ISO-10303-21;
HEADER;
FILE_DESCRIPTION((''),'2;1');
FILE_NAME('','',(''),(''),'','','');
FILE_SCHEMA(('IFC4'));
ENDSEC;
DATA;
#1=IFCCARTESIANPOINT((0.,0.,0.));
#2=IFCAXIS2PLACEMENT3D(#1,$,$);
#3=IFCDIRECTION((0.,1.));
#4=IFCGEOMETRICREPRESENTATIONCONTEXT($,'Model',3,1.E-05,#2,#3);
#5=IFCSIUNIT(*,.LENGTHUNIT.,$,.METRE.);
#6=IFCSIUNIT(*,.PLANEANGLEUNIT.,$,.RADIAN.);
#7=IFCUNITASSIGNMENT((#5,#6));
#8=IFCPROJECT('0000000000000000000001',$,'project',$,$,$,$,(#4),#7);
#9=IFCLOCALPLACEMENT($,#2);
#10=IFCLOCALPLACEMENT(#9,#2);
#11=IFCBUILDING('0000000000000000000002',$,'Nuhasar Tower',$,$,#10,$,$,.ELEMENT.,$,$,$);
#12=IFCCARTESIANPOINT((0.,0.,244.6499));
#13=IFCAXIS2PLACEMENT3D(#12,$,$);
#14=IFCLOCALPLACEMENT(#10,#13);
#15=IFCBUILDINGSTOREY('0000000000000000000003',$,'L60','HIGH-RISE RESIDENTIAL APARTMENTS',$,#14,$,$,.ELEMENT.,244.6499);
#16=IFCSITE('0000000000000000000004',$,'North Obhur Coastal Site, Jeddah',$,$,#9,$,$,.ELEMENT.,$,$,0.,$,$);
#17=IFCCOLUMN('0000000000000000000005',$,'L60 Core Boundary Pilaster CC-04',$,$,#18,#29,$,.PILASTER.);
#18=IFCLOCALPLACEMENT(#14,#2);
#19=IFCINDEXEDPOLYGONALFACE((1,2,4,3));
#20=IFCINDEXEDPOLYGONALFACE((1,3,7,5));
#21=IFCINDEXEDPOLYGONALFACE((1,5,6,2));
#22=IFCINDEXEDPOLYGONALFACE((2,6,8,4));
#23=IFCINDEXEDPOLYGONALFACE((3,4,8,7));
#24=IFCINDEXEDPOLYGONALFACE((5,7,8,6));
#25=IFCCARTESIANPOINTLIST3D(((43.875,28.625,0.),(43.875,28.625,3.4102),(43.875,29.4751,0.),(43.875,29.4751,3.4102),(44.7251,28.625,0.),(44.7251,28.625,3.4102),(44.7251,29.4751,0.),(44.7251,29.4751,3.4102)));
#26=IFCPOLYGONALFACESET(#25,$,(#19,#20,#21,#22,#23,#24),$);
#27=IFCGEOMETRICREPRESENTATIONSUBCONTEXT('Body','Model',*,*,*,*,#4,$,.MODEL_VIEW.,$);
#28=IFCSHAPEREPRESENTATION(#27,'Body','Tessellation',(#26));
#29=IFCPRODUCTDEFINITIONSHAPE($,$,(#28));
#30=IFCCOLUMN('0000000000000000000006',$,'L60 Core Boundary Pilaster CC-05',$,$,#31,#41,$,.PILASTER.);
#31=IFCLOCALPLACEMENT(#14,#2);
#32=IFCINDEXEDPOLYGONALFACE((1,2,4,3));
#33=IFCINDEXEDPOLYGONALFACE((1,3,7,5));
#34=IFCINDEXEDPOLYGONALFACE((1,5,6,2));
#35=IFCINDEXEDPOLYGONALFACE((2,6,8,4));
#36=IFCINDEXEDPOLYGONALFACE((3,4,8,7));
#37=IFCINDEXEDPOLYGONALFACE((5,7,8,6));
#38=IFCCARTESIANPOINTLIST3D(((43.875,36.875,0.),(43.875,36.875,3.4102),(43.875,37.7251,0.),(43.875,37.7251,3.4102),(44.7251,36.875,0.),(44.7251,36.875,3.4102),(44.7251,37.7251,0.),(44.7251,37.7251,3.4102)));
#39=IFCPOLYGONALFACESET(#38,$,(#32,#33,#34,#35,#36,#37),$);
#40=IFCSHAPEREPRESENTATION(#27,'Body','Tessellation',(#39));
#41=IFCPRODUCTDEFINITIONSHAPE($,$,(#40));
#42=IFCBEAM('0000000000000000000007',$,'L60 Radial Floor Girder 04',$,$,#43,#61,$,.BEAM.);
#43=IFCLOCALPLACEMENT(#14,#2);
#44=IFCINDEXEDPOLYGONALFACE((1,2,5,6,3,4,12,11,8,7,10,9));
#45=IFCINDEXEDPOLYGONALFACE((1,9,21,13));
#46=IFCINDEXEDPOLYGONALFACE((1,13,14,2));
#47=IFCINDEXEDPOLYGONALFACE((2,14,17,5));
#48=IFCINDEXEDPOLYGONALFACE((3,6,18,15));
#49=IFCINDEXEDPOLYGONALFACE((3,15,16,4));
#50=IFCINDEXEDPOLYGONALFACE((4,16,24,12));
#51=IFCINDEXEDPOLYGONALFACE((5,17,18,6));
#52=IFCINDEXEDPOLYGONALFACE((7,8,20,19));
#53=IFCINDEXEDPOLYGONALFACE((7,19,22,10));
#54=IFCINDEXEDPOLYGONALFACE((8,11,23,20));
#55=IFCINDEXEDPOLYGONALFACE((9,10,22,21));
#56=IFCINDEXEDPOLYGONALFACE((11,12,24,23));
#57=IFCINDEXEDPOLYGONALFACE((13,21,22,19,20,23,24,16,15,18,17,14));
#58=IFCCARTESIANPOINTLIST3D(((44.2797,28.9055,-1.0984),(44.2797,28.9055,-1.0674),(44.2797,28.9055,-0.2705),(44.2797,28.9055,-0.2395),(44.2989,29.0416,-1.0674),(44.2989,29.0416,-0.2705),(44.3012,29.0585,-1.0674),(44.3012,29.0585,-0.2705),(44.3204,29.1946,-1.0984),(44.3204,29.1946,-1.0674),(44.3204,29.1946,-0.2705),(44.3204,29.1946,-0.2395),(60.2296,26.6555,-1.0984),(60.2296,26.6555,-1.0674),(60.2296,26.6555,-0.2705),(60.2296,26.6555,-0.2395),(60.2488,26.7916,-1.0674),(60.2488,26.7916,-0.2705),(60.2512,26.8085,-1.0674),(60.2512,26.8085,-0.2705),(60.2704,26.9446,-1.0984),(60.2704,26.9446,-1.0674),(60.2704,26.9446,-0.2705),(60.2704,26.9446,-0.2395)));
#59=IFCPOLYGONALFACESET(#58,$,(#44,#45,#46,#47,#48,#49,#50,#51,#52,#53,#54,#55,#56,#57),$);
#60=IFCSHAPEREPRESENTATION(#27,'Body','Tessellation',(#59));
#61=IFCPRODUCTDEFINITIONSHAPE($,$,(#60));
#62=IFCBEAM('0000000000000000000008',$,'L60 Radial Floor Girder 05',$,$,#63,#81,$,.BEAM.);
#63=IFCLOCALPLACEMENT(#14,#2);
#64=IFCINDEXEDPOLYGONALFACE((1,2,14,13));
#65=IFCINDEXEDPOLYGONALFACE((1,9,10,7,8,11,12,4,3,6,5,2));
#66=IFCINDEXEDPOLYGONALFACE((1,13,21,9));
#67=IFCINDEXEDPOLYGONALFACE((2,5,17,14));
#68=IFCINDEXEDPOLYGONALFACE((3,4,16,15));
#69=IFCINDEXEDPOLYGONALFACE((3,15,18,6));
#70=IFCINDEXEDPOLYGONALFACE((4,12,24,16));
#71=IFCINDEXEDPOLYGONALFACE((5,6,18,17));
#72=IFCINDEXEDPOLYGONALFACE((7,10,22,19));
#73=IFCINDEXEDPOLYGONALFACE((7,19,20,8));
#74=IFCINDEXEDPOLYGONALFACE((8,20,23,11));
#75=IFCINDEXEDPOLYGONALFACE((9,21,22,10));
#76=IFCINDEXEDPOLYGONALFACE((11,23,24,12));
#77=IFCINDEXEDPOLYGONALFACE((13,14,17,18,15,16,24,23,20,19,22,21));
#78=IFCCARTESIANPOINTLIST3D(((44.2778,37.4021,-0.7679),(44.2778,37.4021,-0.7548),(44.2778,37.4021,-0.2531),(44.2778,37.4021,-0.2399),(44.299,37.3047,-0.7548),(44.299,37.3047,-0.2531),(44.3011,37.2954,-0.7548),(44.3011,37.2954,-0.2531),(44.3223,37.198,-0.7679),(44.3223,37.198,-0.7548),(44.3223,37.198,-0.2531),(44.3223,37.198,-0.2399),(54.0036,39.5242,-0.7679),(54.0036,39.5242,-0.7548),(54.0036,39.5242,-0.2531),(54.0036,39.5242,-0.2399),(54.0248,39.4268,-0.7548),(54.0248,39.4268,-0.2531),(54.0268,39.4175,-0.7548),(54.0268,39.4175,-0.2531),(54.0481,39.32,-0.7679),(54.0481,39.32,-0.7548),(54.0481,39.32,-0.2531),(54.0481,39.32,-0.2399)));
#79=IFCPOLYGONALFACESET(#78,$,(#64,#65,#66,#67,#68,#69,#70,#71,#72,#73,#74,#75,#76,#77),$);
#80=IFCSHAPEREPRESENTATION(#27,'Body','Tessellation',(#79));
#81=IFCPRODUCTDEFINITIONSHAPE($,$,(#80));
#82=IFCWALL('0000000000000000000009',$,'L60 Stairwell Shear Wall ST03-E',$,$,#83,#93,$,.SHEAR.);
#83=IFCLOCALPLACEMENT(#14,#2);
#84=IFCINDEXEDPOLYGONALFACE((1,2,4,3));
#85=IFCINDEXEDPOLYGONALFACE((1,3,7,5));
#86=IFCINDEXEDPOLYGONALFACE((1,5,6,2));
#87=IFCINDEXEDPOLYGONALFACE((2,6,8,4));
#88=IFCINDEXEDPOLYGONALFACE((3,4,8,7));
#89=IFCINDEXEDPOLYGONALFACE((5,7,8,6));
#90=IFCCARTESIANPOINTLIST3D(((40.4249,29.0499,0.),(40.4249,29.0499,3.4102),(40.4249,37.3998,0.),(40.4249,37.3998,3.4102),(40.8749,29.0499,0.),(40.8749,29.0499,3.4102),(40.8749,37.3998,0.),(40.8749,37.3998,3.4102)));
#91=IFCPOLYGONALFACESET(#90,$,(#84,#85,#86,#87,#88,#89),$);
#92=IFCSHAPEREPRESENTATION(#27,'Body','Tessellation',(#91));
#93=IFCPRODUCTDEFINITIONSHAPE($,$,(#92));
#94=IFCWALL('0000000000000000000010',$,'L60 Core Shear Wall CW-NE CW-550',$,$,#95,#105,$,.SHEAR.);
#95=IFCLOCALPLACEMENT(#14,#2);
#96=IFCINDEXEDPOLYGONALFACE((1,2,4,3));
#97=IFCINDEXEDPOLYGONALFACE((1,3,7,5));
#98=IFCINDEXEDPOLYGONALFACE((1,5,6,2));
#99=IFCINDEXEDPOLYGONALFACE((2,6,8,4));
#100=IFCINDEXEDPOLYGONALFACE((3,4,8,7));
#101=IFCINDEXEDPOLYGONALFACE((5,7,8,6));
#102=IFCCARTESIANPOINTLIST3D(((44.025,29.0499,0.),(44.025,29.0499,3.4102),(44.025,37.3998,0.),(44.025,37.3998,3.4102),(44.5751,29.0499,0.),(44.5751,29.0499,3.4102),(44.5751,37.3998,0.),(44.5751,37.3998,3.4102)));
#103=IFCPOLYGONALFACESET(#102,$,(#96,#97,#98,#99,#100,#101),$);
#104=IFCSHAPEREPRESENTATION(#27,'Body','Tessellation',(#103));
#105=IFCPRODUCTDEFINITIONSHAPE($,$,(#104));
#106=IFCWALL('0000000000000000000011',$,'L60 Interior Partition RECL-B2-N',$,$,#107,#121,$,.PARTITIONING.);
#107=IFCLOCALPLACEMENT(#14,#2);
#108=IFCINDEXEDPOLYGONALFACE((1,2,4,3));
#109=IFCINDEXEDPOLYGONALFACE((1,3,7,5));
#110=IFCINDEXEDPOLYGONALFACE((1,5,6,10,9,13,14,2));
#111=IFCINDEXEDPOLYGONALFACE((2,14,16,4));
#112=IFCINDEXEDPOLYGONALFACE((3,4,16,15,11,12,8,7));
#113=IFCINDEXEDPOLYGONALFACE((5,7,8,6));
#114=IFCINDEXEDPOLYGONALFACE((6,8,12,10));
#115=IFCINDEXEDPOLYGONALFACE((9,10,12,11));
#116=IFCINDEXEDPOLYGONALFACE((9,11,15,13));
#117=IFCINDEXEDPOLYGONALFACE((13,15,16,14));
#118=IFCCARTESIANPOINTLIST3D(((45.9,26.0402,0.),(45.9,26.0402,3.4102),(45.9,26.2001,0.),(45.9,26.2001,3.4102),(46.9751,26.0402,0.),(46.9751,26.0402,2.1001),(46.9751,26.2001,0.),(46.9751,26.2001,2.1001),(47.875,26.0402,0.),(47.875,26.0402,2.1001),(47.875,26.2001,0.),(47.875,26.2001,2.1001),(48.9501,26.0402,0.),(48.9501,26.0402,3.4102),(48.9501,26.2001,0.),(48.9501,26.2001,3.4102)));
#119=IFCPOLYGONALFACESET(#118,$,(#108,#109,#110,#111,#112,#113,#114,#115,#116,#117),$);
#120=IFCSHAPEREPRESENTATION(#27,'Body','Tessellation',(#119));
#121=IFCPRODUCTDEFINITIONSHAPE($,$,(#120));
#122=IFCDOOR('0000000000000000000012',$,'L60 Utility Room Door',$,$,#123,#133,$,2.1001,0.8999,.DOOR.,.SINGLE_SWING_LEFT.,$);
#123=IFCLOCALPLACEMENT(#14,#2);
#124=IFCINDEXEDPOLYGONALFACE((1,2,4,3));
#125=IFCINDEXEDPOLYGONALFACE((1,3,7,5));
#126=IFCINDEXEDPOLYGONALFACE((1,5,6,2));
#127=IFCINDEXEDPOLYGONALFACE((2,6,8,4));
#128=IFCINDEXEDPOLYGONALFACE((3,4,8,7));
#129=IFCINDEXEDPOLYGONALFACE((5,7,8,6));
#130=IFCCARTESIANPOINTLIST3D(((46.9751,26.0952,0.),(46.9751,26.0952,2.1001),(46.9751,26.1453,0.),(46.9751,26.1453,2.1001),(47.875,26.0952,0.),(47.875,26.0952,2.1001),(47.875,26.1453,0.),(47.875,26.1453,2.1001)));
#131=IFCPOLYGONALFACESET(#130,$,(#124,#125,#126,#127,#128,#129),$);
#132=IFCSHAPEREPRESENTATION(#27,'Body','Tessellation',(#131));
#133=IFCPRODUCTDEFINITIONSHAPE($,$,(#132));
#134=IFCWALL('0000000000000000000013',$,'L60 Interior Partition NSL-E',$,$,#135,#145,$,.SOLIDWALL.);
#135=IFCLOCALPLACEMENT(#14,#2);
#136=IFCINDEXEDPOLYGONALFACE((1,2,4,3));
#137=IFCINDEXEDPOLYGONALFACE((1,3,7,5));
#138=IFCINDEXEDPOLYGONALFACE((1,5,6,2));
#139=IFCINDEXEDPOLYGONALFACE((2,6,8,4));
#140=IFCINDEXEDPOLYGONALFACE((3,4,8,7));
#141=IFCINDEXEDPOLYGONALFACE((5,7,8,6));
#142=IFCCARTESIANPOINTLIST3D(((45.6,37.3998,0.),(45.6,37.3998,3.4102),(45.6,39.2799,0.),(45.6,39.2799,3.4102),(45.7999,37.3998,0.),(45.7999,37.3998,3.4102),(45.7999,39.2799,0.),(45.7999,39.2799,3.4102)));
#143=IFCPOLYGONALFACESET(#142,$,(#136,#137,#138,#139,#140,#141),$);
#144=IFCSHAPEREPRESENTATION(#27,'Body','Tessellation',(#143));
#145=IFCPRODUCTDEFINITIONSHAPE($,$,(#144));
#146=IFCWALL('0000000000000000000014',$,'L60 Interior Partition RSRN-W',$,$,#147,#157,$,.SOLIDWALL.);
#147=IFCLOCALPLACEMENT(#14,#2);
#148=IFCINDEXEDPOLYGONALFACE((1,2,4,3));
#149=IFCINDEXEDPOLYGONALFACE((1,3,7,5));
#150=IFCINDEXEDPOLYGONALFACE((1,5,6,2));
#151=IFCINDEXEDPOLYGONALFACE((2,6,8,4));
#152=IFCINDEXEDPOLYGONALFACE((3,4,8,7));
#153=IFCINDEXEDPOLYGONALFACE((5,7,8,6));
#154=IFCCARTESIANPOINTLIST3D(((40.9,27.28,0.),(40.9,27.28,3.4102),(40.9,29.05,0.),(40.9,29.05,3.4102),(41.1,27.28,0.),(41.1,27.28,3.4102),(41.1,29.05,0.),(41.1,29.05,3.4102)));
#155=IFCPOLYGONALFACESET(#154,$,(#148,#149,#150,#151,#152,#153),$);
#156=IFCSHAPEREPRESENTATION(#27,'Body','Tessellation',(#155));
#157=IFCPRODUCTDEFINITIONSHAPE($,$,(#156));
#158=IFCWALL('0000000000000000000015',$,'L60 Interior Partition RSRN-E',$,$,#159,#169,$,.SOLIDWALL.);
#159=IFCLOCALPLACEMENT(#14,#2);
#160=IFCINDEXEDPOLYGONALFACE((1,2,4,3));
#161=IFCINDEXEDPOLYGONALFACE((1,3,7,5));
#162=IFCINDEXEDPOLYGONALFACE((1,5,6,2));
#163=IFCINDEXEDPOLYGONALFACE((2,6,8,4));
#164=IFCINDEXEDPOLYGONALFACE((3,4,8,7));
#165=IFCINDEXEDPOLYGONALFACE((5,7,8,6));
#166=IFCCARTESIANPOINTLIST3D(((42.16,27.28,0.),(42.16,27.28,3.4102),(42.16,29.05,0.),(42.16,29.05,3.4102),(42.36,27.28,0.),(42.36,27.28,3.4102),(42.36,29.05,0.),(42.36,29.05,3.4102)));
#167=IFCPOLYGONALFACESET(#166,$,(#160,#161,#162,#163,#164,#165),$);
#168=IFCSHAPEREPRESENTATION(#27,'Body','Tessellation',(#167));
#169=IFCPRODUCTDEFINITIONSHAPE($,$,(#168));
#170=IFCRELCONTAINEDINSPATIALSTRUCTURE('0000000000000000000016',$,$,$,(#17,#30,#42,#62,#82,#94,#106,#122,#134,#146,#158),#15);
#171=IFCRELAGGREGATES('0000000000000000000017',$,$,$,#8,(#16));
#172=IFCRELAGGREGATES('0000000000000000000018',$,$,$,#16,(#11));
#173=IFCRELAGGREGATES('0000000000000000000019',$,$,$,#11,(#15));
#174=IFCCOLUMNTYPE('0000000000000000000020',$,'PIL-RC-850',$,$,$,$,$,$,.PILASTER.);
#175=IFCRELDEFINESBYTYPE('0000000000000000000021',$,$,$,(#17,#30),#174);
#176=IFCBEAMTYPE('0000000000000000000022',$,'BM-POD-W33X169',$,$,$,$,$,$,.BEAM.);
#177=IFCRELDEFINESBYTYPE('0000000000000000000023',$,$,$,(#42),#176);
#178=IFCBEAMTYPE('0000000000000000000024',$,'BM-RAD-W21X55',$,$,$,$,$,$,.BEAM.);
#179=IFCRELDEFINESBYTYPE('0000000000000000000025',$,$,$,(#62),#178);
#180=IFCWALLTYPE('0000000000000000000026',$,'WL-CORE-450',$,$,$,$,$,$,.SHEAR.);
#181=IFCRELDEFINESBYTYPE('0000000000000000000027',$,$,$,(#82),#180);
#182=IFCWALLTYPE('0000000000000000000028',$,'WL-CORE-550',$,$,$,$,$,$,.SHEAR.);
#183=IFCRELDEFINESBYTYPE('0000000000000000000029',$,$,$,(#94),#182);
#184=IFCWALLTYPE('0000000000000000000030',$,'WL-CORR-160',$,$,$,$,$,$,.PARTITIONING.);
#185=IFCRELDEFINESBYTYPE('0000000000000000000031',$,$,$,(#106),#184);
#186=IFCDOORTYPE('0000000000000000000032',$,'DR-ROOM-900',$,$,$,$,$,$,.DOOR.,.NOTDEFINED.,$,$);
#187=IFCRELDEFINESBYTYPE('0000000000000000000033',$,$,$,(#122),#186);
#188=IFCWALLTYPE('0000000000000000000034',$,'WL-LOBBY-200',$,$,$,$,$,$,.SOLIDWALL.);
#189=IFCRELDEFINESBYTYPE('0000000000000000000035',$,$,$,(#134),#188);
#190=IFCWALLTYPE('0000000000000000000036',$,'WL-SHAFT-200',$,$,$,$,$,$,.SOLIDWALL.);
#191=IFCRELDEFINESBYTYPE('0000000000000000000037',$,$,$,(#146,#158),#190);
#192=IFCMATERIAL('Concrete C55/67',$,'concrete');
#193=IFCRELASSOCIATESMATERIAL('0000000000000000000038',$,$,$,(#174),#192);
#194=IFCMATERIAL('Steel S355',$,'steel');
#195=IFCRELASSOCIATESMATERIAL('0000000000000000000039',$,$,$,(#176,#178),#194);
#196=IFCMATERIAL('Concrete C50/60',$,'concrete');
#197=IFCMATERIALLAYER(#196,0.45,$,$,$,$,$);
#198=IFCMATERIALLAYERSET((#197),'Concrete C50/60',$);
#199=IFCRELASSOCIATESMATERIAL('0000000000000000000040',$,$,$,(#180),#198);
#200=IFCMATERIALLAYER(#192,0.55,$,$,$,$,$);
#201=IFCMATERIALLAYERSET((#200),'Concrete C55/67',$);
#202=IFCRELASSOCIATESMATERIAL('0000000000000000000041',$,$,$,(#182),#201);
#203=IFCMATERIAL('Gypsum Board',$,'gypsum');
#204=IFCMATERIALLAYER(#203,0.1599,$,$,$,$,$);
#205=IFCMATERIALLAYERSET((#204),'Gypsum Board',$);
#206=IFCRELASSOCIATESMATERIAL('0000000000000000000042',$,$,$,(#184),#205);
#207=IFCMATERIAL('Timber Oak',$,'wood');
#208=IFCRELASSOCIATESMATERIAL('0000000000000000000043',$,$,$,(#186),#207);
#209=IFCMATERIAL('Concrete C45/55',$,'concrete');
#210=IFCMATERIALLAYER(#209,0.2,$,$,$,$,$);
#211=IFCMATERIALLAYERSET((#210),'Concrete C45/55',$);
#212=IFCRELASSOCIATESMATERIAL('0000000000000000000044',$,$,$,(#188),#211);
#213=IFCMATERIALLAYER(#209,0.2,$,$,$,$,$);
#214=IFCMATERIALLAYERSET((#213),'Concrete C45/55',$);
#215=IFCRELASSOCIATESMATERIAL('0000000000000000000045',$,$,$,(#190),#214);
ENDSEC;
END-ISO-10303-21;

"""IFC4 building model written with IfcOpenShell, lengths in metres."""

from ifc_helpers import new_model, si_unit, direction, frame, frame_2d, origin, origin_2d, place, context, subcontext, project, spatial, rectangle, i_section, extrude, material, layer, layer_set, material_profile, profile_set, type_object, element, fill, save


model = new_model("IFC4")

# Units and contexts
model_context = context("Model", 3, precision=1e-05, world=origin(), true_north=direction((0.0, 1.0)))
body_context = subcontext(model_context, "Body", "Model", "MODEL_VIEW")
ifc_project = project(units=[si_unit("LENGTHUNIT", "METRE"), si_unit("PLANEANGLEUNIT", "RADIAN")], contexts=[model_context])

# Site, building, storey
site_placement = place(None, origin())
site = spatial("IfcSite", under=ifc_project, at=site_placement, Name="North Obhur Coastal Site, Jeddah", CompositionType="ELEMENT", RefElevation=0.0)
building_placement = place(site_placement, origin())
building = spatial("IfcBuilding", under=site, at=building_placement, Name="Nuhasar Tower", CompositionType="ELEMENT")
storey_placement = place(building_placement, frame((0.0, 0.0, 244.6499)))
storey = spatial("IfcBuildingStorey", under=building, at=storey_placement, Name="L60", Description="HIGH-RISE RESIDENTIAL APARTMENTS", CompositionType="ELEMENT", Elevation=244.6499)

# Columns
ifc_material_1 = material(Name="Concrete C55/67", Category="concrete")
ifc_material_profile_1 = material_profile(ifc_material_1, rectangle(XDim=0.8501, YDim=0.8501, at=origin_2d()), Name="RC850X850")
ifc_profile_set_1 = profile_set([ifc_material_profile_1], Name="Concrete C55/67")
column_type = type_object("IfcColumnType", Name="PIL-RC-850", PredefinedType="PILASTER", material=ifc_profile_set_1)
for number, where, z_axis, x_axis, name in (
    (1, (44.3, 29.05, 0.0), (0.0, 0.0, 1.0), (1.0, 0.0, 0.0), "L60 Core Boundary Pilaster CC-04"),
    (2, (44.3, 37.3, 0.0), (0.0, 0.0, 1.0), (1.0, 0.0, 0.0), "L60 Core Boundary Pilaster CC-05"),
):
    element("IfcColumn", number, at=place(storey_placement, frame(where, z_axis=z_axis, x_axis=x_axis)), inside=storey, type_object=column_type, Name=name, PredefinedType="PILASTER", context=body_context, shape_type="SweptSolid", body=[
        extrude(rectangle(XDim=0.8501, YDim=0.8501, at=origin_2d()), origin(), (0.0, 0.0, 1.0), 3.4102),
    ])

# Beams
ifc_material_2 = material(Name="Steel S355", Category="steel")
ifc_material_profile_2 = material_profile(ifc_material_2, i_section(OverallWidth=0.292, OverallDepth=0.8589, WebThickness=0.0171, FlangeThickness=0.031, at=origin_2d()), Name="W33X169")
ifc_profile_set_2 = profile_set([ifc_material_profile_2], Name="Steel S355")
beam_type_1 = type_object("IfcBeamType", Name="BM-POD-W33X169", PredefinedType="BEAM", material=ifc_profile_set_2)
beam_1_placement = place(storey_placement, frame((44.3, 29.05, -0.6689), z_axis=(0.990196, -0.139683, 0.0), x_axis=(0.139683, 0.990196, 0.0)))
element("IfcBeam", 3, at=beam_1_placement, inside=storey, type_object=beam_type_1, Name="L60 Radial Floor Girder 04", PredefinedType="BEAM", context=body_context, shape_type="SweptSolid", body=[
    extrude(i_section(OverallWidth=0.292, OverallDepth=0.8589, WebThickness=0.0171, FlangeThickness=0.031, at=origin_2d()), origin(), (0.0, 0.0, 1.0), 16.1079),
])
ifc_material_profile_3 = material_profile(ifc_material_2, i_section(OverallWidth=0.209, OverallDepth=0.5281, WebThickness=0.0095, FlangeThickness=0.0132, at=origin_2d()), Name="W21X55")
ifc_profile_set_3 = profile_set([ifc_material_profile_3], Name="Steel S355")
beam_type_2 = type_object("IfcBeamType", Name="BM-RAD-W21X55", PredefinedType="BEAM", material=ifc_profile_set_3)
beam_2_placement = place(storey_placement, frame((44.3, 37.3, -0.5039), z_axis=(0.977014, 0.213174, 0.0), x_axis=(-0.213174, 0.977014, 0.0)))
element("IfcBeam", 4, at=beam_2_placement, inside=storey, type_object=beam_type_2, Name="L60 Radial Floor Girder 05", PredefinedType="BEAM", context=body_context, shape_type="SweptSolid", body=[
    extrude(i_section(OverallWidth=0.209, OverallDepth=0.5281, WebThickness=0.0095, FlangeThickness=0.0132, at=origin_2d()), origin(), (0.0, 0.0, 1.0), 9.9546),
])

# Shared definitions
ifc_material_3 = material(Name="Concrete C50/60", Category="concrete")
ifc_layer_1 = layer(ifc_material_3, 0.45)
ifc_layer_set_1 = layer_set([ifc_layer_1], Name="Concrete C50/60")
wall_type_1 = type_object("IfcWallType", Name="WL-CORE-450", PredefinedType="SHEAR", material=ifc_layer_set_1)

# Wall
wall_1_placement = place(storey_placement, frame((40.6499, 29.05, 0.0), z_axis=(0.0, 0.0, 1.0), x_axis=(0.0, 1.0, 0.0)))
element("IfcWall", 5, at=wall_1_placement, inside=storey, type_object=wall_type_1, Name="L60 Stairwell Shear Wall ST03-E", PredefinedType="SHEAR", context=body_context, shape_type="SweptSolid", body=[
    extrude(rectangle(XDim=8.3499, YDim=0.45, at=frame_2d((4.1748, 0.0))), origin(), (0.0, 0.0, 1.0), 3.4102),
])

# Wall
ifc_layer_2 = layer(ifc_material_1, 0.55)
ifc_layer_set_2 = layer_set([ifc_layer_2], Name="Concrete C55/67")
wall_type_2 = type_object("IfcWallType", Name="WL-CORE-550", PredefinedType="SHEAR", material=ifc_layer_set_2)
wall_2_placement = place(storey_placement, frame((44.3, 29.05, 0.0), z_axis=(0.0, 0.0, 1.0), x_axis=(0.0, 1.0, 0.0)))
element("IfcWall", 6, at=wall_2_placement, inside=storey, type_object=wall_type_2, Name="L60 Core Shear Wall CW-NE CW-550", PredefinedType="SHEAR", context=body_context, shape_type="SweptSolid", body=[
    extrude(rectangle(XDim=8.3499, YDim=0.55, at=frame_2d((4.1748, 0.0))), origin(), (0.0, 0.0, 1.0), 3.4102),
])

# Wall, opening, door
ifc_material_4 = material(Name="Gypsum Board", Category="gypsum")
ifc_layer_3 = layer(ifc_material_4, 0.1599)
ifc_layer_set_3 = layer_set([ifc_layer_3], Name="Gypsum Board")
wall_type_3 = type_object("IfcWallType", Name="WL-CORR-160", PredefinedType="PARTITIONING", material=ifc_layer_set_3)
wall_3_placement = place(storey_placement, frame((48.95, 26.1201, 0.0), z_axis=(0.0, 0.0, 1.0), x_axis=(-1.0, 0.0, 0.0)))
wall_3 = element("IfcWall", 7, at=wall_3_placement, inside=storey, type_object=wall_type_3, Name="L60 Interior Partition RECL-B2-N", PredefinedType="PARTITIONING", context=body_context, shape_type="SweptSolid", body=[
    extrude(rectangle(XDim=3.05, YDim=0.1599, at=frame_2d((1.5249, 0.0))), origin(), (0.0, 0.0, 1.0), 3.4102),
])
opening_1_placement = place(wall_3_placement, frame((1.075, 0.0, 0.0)))
opening_1 = element("IfcOpeningElement", 8, at=opening_1_placement, cuts=wall_3, PredefinedType="OPENING", context=body_context, shape_type="SweptSolid", body=[
    extrude(rectangle(XDim=0.8999, YDim=2.1001, at=frame_2d((0.45, 1.05))), frame((0.0, 0.0898, 0.0), z_axis=(0.0, -1.0, 0.0), x_axis=(1.0, 0.0, 0.0)), (0.0, 0.0, 1.0), 0.1799),
])
ifc_material_5 = material(Name="Timber Oak", Category="wood")
door_type_1 = type_object("IfcDoorType", Name="DR-ROOM-900", OperationType="NOTDEFINED", PredefinedType="DOOR", material=ifc_material_5)
door_1_placement = place(opening_1_placement, origin())
door_1 = element("IfcDoor", 9, at=door_1_placement, inside=storey, type_object=door_type_1, Name="L60 Utility Room Door", OperationType="SINGLE_SWING_LEFT", OverallHeight=2.1001, OverallWidth=0.8999, PredefinedType="DOOR", context=body_context, shape_type="SweptSolid", body=[
    extrude(rectangle(XDim=0.8999, YDim=2.1001, at=frame_2d((0.45, 1.05))), frame((0.0, 0.0249, 0.0), z_axis=(0.0, -1.0, 0.0), x_axis=(1.0, 0.0, 0.0)), (0.0, 0.0, 1.0), 0.05),
])
fill(opening_1, door_1)

# Walls
ifc_material_6 = material(Name="Concrete C45/55", Category="concrete")
ifc_layer_4 = layer(ifc_material_6, 0.2)
ifc_layer_set_4 = layer_set([ifc_layer_4], Name="Concrete C45/55")
wall_type_4 = type_object("IfcWallType", Name="WL-LOBBY-200", PredefinedType="SOLIDWALL", material=ifc_layer_set_4)
wall_4_placement = place(storey_placement, frame((45.7, 37.3999, 0.0), z_axis=(0.0, 0.0, 1.0), x_axis=(0.0, 1.0, 0.0)))
element("IfcWall", 10, at=wall_4_placement, inside=storey, type_object=wall_type_4, Name="L60 Interior Partition NSL-E", PredefinedType="SOLIDWALL", context=body_context, shape_type="SweptSolid", body=[
    extrude(rectangle(XDim=1.8801, YDim=0.2, at=frame_2d((0.9399, 0.0))), origin(), (0.0, 0.0, 1.0), 3.4102),
])
ifc_layer_5 = layer(ifc_material_6, 0.2)
ifc_layer_set_5 = layer_set([ifc_layer_5], Name="Concrete C45/55")
wall_type_5 = type_object("IfcWallType", Name="WL-SHAFT-200", PredefinedType="SOLIDWALL", material=ifc_layer_set_5)
for number, where, z_axis, x_axis, name in (
    (11, (41.0, 27.28, 0.0), (0.0, 0.0, 1.0), (0.0, 1.0, 0.0), "L60 Interior Partition RSRN-W"),
    (12, (42.26, 27.28, 0.0), (0.0, 0.0, 1.0), (0.0, 1.0, 0.0), "L60 Interior Partition RSRN-E"),
):
    element("IfcWall", number, at=place(storey_placement, frame(where, z_axis=z_axis, x_axis=x_axis)), inside=storey, type_object=wall_type_5, Name=name, PredefinedType="SOLIDWALL", context=body_context, shape_type="SweptSolid", body=[
        extrude(rectangle(XDim=1.77, YDim=0.2, at=frame_2d((0.885, 0.0))), origin(), (0.0, 0.0, 1.0), 3.4102),
    ])

save(model, "model.ifc")
